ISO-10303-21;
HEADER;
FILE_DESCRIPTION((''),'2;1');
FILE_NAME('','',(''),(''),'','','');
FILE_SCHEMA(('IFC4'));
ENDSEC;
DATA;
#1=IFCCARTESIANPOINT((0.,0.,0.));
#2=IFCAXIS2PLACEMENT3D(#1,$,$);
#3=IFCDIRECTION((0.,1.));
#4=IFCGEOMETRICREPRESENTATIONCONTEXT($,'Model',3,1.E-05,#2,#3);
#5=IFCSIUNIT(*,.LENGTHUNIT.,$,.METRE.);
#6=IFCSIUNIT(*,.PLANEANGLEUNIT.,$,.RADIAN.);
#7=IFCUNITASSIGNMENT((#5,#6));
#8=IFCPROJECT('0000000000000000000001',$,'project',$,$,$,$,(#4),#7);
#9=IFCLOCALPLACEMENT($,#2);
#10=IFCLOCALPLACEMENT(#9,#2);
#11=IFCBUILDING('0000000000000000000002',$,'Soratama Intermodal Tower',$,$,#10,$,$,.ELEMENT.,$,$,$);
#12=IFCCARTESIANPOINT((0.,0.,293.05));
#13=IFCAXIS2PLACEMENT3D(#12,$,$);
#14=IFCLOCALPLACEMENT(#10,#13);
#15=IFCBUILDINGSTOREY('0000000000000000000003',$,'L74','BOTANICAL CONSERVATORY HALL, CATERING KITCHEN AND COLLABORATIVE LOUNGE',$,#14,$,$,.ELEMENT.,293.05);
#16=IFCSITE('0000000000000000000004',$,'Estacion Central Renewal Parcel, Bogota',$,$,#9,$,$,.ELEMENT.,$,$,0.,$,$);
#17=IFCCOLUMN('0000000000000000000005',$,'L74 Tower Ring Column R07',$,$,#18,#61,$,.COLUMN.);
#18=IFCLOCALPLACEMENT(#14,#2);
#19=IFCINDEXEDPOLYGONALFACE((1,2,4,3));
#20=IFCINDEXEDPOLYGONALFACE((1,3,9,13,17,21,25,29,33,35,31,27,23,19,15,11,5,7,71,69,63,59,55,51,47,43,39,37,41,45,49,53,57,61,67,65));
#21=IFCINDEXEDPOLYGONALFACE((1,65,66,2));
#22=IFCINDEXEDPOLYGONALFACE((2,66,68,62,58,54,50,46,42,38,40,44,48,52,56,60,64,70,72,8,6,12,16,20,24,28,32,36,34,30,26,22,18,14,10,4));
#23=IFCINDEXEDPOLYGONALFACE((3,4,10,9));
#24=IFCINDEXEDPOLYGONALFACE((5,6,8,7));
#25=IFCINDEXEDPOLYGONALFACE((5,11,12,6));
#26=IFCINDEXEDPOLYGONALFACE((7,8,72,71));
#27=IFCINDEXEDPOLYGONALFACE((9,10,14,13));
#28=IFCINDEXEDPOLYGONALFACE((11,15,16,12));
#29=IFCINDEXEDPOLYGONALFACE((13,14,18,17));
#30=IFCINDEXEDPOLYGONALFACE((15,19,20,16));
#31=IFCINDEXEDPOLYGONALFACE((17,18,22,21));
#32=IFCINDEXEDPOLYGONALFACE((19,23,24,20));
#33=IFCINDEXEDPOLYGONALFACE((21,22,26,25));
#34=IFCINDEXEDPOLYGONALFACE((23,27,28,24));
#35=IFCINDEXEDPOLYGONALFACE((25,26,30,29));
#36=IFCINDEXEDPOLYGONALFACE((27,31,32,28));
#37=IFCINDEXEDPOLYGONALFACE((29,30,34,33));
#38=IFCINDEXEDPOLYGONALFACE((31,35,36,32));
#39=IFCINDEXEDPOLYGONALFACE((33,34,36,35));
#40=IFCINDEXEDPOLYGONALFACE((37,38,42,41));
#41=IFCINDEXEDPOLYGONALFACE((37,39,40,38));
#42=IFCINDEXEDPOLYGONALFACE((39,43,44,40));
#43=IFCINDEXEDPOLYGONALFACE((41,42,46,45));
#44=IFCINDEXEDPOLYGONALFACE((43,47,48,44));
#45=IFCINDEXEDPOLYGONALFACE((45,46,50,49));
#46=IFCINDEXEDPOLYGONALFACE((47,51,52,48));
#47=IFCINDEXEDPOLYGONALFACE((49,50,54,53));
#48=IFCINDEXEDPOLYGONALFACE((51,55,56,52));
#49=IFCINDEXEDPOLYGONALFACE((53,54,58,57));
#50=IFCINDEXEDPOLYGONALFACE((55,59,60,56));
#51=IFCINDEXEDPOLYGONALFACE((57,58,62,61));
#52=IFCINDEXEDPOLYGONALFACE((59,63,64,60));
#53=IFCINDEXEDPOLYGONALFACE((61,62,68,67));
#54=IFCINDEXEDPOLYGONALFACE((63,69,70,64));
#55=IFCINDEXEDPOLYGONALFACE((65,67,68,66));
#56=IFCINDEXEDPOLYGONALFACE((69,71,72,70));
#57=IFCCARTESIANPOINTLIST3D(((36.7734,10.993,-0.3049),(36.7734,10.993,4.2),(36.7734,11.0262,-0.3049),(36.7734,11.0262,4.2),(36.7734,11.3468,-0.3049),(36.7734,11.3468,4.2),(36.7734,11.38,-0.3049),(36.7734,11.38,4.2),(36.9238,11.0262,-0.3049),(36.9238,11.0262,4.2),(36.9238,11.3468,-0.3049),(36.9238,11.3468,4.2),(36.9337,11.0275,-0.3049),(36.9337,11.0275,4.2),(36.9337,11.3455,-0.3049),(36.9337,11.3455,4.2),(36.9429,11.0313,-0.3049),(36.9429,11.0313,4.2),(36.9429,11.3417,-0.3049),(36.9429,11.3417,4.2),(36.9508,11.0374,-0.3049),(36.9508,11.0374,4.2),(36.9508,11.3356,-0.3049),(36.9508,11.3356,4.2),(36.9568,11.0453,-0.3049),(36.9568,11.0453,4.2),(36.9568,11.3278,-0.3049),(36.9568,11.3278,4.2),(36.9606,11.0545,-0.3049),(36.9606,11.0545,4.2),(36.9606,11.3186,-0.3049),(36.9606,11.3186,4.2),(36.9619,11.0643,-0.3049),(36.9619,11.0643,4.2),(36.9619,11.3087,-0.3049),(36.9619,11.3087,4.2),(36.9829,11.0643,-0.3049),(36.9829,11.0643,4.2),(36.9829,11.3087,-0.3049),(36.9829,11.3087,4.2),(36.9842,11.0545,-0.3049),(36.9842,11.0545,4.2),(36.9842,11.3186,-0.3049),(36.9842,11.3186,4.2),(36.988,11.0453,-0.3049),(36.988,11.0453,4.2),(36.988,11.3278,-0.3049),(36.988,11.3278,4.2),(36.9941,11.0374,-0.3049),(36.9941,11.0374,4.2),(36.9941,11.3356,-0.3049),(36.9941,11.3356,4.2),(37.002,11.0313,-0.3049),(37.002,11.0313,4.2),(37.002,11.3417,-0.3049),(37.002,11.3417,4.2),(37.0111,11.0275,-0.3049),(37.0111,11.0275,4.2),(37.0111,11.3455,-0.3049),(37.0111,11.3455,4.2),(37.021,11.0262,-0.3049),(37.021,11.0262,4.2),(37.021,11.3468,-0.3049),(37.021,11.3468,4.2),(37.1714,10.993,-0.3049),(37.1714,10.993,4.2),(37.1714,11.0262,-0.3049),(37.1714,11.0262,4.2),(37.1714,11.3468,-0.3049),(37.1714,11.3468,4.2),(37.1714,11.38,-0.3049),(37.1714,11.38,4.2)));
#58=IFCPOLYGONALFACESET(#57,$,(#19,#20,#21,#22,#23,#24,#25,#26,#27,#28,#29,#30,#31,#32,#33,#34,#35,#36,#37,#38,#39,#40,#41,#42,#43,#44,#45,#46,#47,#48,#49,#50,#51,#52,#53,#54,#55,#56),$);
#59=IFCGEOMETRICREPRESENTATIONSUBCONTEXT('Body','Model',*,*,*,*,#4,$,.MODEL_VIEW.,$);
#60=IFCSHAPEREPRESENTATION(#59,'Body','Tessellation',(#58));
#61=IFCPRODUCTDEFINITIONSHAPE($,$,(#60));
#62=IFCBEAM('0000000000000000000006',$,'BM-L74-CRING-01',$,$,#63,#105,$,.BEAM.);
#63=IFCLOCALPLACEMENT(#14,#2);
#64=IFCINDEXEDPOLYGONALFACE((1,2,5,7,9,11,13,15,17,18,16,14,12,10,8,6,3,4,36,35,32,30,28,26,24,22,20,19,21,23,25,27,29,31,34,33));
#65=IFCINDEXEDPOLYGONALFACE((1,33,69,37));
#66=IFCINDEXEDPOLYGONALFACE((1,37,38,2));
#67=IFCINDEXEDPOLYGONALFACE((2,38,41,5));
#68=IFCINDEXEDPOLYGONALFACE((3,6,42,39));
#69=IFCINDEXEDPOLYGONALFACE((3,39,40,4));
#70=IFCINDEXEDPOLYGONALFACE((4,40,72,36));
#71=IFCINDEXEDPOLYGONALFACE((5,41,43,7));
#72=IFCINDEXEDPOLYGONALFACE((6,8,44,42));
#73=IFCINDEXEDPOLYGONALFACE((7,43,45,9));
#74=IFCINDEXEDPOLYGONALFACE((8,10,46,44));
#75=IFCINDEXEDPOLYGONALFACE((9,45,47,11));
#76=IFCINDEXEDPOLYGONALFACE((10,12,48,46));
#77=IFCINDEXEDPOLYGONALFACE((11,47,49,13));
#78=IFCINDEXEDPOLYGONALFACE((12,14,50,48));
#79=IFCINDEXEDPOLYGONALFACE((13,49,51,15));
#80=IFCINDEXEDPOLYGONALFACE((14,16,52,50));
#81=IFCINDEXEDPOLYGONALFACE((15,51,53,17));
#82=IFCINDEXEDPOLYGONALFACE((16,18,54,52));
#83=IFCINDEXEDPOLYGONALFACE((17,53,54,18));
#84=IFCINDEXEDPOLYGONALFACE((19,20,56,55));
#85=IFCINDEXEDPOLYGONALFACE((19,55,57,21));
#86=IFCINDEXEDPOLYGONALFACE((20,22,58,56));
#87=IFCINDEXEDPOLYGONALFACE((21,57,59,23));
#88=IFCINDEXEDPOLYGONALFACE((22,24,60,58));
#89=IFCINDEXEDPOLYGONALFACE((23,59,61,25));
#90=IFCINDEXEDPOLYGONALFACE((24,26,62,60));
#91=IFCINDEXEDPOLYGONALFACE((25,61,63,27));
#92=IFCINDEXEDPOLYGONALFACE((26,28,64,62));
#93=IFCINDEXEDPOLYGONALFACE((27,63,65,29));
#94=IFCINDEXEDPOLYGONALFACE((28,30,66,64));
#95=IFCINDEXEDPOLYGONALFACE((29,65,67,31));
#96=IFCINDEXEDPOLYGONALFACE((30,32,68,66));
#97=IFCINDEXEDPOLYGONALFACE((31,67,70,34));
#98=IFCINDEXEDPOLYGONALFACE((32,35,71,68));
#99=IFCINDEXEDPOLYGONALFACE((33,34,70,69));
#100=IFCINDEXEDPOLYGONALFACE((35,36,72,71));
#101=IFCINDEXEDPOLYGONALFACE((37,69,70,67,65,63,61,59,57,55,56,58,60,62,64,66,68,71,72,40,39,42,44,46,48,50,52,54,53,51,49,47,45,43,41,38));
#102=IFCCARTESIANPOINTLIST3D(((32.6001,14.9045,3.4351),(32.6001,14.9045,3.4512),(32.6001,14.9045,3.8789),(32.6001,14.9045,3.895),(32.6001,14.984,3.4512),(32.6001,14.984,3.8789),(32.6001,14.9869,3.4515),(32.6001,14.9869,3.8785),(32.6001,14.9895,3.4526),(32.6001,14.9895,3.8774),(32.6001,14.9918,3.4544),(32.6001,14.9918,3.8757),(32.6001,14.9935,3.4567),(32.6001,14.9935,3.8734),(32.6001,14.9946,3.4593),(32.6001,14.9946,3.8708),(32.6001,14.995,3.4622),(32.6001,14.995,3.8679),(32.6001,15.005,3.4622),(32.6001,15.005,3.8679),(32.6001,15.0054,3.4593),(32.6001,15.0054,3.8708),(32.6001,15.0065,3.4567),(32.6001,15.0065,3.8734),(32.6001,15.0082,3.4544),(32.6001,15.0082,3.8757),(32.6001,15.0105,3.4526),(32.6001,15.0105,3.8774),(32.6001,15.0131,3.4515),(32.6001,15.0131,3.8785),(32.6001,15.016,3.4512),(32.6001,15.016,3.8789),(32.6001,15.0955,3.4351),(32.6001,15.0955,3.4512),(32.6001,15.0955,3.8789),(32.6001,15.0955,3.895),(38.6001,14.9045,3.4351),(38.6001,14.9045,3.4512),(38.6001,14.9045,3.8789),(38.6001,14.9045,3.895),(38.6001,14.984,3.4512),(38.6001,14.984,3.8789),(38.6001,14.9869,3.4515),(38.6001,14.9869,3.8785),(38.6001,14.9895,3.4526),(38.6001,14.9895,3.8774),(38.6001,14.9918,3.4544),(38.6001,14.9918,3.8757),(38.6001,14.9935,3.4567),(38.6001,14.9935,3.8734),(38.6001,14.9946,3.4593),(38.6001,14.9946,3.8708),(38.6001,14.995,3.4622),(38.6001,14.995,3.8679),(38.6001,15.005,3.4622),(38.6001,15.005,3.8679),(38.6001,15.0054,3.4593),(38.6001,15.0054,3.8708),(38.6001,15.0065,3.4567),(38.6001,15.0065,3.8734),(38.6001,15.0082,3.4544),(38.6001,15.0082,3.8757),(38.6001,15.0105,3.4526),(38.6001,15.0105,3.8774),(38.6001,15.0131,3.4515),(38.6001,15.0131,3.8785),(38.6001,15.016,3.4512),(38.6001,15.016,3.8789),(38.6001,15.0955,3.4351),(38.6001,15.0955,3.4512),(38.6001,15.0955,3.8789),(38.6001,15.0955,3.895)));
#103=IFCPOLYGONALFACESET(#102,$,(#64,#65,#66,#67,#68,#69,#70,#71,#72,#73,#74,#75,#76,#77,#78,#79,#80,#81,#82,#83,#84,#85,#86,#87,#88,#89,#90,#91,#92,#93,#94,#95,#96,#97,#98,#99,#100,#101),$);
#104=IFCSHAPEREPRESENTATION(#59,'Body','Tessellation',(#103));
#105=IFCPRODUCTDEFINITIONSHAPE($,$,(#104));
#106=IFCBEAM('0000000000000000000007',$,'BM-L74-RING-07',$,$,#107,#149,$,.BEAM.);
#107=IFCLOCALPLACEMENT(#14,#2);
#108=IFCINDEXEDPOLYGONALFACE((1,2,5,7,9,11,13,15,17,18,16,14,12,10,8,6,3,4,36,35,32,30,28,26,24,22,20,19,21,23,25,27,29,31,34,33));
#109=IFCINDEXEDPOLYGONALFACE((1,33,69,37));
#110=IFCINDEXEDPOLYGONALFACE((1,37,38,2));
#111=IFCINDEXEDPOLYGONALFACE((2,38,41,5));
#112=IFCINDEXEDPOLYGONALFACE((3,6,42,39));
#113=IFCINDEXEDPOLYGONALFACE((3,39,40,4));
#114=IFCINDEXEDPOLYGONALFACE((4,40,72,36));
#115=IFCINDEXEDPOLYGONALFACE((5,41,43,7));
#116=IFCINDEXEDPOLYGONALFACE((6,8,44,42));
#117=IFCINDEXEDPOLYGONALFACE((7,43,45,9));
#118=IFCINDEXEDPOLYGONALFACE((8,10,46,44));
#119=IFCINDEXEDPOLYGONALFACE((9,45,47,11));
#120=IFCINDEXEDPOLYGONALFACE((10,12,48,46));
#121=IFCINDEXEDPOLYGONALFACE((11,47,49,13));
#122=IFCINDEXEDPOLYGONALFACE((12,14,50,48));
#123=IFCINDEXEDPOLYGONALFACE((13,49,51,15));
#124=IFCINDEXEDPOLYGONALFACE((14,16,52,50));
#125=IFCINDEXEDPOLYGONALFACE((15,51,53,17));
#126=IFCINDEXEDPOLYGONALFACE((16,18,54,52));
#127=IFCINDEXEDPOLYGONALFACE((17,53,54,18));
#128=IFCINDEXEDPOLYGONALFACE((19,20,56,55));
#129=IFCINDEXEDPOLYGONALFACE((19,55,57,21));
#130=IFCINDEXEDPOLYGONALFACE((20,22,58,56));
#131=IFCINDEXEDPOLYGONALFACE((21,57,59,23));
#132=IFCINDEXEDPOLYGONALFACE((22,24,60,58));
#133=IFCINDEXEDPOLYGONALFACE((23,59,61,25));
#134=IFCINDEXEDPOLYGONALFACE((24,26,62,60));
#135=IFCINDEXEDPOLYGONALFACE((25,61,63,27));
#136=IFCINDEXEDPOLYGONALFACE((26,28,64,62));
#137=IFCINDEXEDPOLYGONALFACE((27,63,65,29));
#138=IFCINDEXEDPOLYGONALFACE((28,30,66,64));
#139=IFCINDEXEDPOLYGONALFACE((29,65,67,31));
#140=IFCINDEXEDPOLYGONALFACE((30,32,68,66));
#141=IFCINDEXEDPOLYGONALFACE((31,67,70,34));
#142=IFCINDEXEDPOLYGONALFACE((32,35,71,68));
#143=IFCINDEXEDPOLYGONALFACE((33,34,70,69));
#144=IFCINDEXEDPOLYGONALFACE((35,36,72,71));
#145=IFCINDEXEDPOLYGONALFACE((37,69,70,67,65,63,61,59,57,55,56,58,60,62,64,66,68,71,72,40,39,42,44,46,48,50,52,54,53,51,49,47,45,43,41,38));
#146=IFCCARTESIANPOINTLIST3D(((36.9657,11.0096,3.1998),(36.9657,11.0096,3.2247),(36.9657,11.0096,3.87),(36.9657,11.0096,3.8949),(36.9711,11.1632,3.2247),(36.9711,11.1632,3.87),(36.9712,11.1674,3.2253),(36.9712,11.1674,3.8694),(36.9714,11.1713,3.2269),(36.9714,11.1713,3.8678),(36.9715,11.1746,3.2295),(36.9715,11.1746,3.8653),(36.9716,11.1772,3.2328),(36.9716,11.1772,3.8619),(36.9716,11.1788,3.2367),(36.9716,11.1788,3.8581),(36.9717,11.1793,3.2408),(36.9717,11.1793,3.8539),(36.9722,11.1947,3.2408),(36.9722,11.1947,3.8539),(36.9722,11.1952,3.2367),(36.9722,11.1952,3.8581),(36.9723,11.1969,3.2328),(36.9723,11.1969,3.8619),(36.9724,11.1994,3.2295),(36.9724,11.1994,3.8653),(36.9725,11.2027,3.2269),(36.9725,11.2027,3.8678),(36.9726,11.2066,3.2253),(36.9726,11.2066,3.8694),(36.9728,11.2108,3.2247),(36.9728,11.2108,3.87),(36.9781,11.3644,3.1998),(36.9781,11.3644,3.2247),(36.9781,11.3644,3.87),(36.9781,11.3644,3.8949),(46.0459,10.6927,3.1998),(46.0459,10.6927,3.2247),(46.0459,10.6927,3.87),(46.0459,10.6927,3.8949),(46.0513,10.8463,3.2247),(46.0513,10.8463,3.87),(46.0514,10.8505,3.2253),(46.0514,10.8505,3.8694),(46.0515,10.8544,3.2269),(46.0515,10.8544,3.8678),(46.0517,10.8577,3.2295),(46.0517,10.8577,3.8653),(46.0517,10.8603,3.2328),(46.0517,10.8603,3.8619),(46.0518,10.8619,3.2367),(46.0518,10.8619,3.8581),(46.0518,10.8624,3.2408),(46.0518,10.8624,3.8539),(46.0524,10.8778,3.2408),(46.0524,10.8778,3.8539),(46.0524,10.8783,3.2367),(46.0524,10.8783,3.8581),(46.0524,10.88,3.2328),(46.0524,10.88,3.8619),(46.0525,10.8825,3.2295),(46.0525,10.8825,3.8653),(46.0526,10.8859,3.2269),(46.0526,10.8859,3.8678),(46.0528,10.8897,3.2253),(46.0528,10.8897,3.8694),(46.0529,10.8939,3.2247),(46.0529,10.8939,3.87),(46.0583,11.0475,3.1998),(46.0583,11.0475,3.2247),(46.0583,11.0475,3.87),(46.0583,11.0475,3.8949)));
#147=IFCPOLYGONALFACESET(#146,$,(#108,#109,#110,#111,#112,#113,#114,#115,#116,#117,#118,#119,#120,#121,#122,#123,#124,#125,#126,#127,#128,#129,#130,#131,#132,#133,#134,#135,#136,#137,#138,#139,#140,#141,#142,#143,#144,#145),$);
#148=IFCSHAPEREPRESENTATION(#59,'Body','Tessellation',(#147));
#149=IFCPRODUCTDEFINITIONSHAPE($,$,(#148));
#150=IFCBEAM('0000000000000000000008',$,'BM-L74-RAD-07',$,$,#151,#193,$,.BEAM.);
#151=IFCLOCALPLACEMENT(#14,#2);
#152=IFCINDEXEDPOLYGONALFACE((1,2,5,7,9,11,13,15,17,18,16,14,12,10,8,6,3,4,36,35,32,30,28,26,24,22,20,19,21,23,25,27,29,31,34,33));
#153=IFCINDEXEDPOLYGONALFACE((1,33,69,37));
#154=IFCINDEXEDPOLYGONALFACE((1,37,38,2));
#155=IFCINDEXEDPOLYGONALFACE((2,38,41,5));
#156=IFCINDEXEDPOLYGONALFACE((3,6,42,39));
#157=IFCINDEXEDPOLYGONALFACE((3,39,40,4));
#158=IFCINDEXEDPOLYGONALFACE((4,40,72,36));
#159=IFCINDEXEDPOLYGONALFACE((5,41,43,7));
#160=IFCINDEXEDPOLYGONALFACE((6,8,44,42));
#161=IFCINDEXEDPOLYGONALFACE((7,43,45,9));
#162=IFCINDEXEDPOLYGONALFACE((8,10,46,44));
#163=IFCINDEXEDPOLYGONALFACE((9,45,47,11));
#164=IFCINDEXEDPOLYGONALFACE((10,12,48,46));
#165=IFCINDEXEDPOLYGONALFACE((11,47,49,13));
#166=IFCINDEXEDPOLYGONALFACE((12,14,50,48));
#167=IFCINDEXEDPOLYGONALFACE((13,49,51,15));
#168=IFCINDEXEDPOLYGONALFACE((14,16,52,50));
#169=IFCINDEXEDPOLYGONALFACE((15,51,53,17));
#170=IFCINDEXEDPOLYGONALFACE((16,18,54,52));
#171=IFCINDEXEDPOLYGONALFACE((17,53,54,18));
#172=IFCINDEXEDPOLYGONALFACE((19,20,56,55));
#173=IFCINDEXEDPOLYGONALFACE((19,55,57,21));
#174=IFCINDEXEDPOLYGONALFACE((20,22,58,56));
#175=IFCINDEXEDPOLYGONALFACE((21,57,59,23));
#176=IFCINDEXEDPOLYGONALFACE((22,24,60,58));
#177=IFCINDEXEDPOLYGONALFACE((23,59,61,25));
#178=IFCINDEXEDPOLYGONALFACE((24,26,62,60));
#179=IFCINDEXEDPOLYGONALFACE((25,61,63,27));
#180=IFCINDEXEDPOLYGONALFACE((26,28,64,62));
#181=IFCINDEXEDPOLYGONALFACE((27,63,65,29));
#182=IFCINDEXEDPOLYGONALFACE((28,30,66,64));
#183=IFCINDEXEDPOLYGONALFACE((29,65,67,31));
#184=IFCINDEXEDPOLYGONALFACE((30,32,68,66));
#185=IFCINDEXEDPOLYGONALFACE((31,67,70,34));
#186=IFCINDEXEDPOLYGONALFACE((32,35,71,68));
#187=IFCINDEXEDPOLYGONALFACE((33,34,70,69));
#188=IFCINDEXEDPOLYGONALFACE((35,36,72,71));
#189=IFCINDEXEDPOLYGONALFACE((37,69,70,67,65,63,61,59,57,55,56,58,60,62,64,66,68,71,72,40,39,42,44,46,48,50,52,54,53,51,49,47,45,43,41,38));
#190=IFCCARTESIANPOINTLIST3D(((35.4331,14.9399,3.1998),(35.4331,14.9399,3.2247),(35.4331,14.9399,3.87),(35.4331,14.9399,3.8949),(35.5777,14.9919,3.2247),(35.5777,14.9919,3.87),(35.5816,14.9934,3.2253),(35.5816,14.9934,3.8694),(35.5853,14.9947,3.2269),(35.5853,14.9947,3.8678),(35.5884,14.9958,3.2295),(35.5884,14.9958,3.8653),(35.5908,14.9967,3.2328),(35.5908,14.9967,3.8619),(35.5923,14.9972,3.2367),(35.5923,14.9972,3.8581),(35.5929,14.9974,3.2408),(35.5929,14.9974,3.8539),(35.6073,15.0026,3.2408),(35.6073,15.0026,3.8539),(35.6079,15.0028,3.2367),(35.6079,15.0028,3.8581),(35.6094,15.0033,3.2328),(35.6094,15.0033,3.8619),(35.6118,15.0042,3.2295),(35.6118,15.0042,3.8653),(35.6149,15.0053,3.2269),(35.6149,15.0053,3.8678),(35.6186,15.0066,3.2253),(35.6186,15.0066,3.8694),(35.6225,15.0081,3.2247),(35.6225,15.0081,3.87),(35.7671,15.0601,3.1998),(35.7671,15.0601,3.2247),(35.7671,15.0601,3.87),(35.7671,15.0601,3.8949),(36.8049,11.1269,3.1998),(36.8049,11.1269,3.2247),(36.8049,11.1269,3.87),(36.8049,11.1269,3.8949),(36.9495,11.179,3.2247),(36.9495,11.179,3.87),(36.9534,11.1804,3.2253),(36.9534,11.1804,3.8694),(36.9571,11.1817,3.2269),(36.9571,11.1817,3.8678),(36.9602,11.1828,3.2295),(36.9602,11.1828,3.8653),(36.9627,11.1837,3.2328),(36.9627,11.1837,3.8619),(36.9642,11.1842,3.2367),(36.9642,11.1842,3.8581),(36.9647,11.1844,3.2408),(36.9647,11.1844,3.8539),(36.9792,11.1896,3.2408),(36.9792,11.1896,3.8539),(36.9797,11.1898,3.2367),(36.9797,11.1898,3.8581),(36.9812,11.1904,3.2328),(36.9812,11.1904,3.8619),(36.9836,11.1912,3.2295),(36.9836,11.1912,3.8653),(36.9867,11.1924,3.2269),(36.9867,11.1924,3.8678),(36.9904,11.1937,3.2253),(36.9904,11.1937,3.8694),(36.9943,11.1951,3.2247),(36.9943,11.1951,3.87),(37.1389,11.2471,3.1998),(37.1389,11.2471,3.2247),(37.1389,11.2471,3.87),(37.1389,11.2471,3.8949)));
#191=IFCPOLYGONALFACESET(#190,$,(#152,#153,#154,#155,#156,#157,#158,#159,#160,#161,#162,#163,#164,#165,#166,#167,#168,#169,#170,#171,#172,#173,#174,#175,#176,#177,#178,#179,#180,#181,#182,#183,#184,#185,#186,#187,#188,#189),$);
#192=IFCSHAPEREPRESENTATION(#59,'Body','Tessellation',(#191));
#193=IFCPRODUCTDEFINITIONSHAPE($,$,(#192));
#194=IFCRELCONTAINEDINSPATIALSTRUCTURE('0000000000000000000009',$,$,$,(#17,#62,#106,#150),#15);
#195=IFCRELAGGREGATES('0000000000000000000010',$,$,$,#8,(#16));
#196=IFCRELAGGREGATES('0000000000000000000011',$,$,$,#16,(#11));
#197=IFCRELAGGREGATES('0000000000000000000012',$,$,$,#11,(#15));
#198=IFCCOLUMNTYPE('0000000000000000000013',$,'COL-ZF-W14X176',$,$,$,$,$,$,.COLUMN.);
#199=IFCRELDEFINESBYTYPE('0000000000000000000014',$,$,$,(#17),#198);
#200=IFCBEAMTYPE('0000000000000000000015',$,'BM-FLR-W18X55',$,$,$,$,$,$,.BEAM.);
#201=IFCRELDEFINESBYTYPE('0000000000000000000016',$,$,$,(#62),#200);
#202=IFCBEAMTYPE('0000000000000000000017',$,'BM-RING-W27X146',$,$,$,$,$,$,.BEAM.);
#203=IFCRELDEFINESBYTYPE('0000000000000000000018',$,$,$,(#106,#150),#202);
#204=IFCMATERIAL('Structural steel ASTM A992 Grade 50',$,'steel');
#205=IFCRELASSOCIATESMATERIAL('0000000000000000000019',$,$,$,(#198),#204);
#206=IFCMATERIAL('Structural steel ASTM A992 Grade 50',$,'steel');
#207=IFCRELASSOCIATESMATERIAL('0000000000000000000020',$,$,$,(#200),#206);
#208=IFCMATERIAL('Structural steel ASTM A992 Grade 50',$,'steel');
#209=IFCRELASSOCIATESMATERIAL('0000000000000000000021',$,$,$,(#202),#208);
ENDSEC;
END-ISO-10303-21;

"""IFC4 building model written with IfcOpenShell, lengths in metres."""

from ifc_helpers import new_model, si_unit, direction, frame, origin, origin_2d, place, context, subcontext, project, spatial, i_section, extrude, material, material_profile, profile_set, type_object, element, save


model = new_model("IFC4")

# Units and contexts
model_context = context("Model", 3, precision=1e-05, world=origin(), true_north=direction((0.0, 1.0)))
body_context = subcontext(model_context, "Body", "Model", "MODEL_VIEW")
ifc_project = project(units=[si_unit("LENGTHUNIT", "METRE"), si_unit("PLANEANGLEUNIT", "RADIAN")], contexts=[model_context])

# Site, building, storey
site_placement = place(None, origin())
site = spatial("IfcSite", under=ifc_project, at=site_placement, Name="Estacion Central Renewal Parcel, Bogota", CompositionType="ELEMENT", RefElevation=0.0)
building_placement = place(site_placement, origin())
building = spatial("IfcBuilding", under=site, at=building_placement, Name="Soratama Intermodal Tower", CompositionType="ELEMENT")
storey_placement = place(building_placement, frame((0.0, 0.0, 293.05)))
storey = spatial("IfcBuildingStorey", under=building, at=storey_placement, Name="L74", Description="BOTANICAL CONSERVATORY HALL, CATERING KITCHEN AND COLLABORATIVE LOUNGE", CompositionType="ELEMENT", Elevation=293.05)

# Column
ifc_material_1 = material(Name="Structural steel ASTM A992 Grade 50", Category="steel")
ifc_material_profile_1 = material_profile(ifc_material_1, i_section(OverallWidth=0.3979, OverallDepth=0.387, WebThickness=0.021, FlangeThickness=0.0332, FilletRadius=0.0381, at=origin_2d()), Name="W14X176")
ifc_profile_set_1 = profile_set([ifc_material_profile_1], Name="Structural steel ASTM A992 Grade 50")
column_type = type_object("IfcColumnType", Name="COL-ZF-W14X176", PredefinedType="COLUMN", material=ifc_profile_set_1)
column_placement = place(storey_placement, frame((36.9724, 11.1865, -0.3049), z_axis=(0.0, 0.0, 1.0), x_axis=(1.0, 0.0, 0.0)))
element("IfcColumn", 1, at=column_placement, inside=storey, type_object=column_type, Name="L74 Tower Ring Column R07", PredefinedType="COLUMN", context=body_context, shape_type="SweptSolid", body=[
    extrude(i_section(OverallWidth=0.3979, OverallDepth=0.387, WebThickness=0.021, FlangeThickness=0.0332, FilletRadius=0.0381, at=origin_2d()), origin(), (0.0, 0.0, 1.0), 4.5049),
])

# Beams
ifc_material_2 = material(Name="Structural steel ASTM A992 Grade 50", Category="steel")
ifc_material_profile_2 = material_profile(ifc_material_2, i_section(OverallWidth=0.1909, OverallDepth=0.46, WebThickness=0.01, FlangeThickness=0.0161, FilletRadius=0.011, at=origin_2d()), Name="W18X55")
ifc_profile_set_2 = profile_set([ifc_material_profile_2], Name="Structural steel ASTM A992 Grade 50")
beam_type_1 = type_object("IfcBeamType", Name="BM-FLR-W18X55", PredefinedType="BEAM", material=ifc_profile_set_2)
beam_1_placement = place(storey_placement, frame((32.6001, 15.0, 3.665), z_axis=(1.0, 0.0, 0.0), x_axis=(0.0, 1.0, 0.0)))
element("IfcBeam", 2, at=beam_1_placement, inside=storey, type_object=beam_type_1, Name="BM-L74-CRING-01", PredefinedType="BEAM", context=body_context, shape_type="SweptSolid", body=[
    extrude(i_section(OverallWidth=0.1909, OverallDepth=0.46, WebThickness=0.01, FlangeThickness=0.0161, FilletRadius=0.011, at=origin_2d()), origin(), (0.0, 0.0, 1.0), 6.0),
])
ifc_material_3 = material(Name="Structural steel ASTM A992 Grade 50", Category="steel")
ifc_material_profile_3 = material_profile(ifc_material_3, i_section(OverallWidth=0.355, OverallDepth=0.6951, WebThickness=0.0154, FlangeThickness=0.0249, FilletRadius=0.0161, at=origin_2d()), Name="W27X146")
ifc_profile_set_3 = profile_set([ifc_material_profile_3], Name="Structural steel ASTM A992 Grade 50")
beam_type_2 = type_object("IfcBeamType", Name="BM-RING-W27X146", PredefinedType="BEAM", material=ifc_profile_set_3)
beam_2_placement = place(storey_placement, frame((36.9719, 11.187, 3.5474), z_axis=(0.999392, -0.034879, 0.0), x_axis=(0.034879, 0.999392, 0.0)))
element("IfcBeam", 3, at=beam_2_placement, inside=storey, type_object=beam_type_2, Name="BM-L74-RING-07", PredefinedType="BEAM", context=body_context, shape_type="SweptSolid", body=[
    extrude(i_section(OverallWidth=0.355, OverallDepth=0.6951, WebThickness=0.0154, FlangeThickness=0.0249, FilletRadius=0.0161, at=origin_2d()), origin(), (0.0, 0.0, 1.0), 9.0857),
])
beam_3_placement = place(storey_placement, frame((35.6001, 15.0, 3.5474), z_axis=(0.338534, -0.940954, 0.0), x_axis=(0.940954, 0.338534, 0.0)))
element("IfcBeam", 4, at=beam_3_placement, inside=storey, type_object=beam_type_2, Name="BM-L74-RAD-07", PredefinedType="BEAM", context=body_context, shape_type="SweptSolid", body=[
    extrude(i_section(OverallWidth=0.355, OverallDepth=0.6951, WebThickness=0.0154, FlangeThickness=0.0249, FilletRadius=0.0161, at=origin_2d()), origin(), (0.0, 0.0, 1.0), 4.0522),
])

save(model, "model.ifc")
